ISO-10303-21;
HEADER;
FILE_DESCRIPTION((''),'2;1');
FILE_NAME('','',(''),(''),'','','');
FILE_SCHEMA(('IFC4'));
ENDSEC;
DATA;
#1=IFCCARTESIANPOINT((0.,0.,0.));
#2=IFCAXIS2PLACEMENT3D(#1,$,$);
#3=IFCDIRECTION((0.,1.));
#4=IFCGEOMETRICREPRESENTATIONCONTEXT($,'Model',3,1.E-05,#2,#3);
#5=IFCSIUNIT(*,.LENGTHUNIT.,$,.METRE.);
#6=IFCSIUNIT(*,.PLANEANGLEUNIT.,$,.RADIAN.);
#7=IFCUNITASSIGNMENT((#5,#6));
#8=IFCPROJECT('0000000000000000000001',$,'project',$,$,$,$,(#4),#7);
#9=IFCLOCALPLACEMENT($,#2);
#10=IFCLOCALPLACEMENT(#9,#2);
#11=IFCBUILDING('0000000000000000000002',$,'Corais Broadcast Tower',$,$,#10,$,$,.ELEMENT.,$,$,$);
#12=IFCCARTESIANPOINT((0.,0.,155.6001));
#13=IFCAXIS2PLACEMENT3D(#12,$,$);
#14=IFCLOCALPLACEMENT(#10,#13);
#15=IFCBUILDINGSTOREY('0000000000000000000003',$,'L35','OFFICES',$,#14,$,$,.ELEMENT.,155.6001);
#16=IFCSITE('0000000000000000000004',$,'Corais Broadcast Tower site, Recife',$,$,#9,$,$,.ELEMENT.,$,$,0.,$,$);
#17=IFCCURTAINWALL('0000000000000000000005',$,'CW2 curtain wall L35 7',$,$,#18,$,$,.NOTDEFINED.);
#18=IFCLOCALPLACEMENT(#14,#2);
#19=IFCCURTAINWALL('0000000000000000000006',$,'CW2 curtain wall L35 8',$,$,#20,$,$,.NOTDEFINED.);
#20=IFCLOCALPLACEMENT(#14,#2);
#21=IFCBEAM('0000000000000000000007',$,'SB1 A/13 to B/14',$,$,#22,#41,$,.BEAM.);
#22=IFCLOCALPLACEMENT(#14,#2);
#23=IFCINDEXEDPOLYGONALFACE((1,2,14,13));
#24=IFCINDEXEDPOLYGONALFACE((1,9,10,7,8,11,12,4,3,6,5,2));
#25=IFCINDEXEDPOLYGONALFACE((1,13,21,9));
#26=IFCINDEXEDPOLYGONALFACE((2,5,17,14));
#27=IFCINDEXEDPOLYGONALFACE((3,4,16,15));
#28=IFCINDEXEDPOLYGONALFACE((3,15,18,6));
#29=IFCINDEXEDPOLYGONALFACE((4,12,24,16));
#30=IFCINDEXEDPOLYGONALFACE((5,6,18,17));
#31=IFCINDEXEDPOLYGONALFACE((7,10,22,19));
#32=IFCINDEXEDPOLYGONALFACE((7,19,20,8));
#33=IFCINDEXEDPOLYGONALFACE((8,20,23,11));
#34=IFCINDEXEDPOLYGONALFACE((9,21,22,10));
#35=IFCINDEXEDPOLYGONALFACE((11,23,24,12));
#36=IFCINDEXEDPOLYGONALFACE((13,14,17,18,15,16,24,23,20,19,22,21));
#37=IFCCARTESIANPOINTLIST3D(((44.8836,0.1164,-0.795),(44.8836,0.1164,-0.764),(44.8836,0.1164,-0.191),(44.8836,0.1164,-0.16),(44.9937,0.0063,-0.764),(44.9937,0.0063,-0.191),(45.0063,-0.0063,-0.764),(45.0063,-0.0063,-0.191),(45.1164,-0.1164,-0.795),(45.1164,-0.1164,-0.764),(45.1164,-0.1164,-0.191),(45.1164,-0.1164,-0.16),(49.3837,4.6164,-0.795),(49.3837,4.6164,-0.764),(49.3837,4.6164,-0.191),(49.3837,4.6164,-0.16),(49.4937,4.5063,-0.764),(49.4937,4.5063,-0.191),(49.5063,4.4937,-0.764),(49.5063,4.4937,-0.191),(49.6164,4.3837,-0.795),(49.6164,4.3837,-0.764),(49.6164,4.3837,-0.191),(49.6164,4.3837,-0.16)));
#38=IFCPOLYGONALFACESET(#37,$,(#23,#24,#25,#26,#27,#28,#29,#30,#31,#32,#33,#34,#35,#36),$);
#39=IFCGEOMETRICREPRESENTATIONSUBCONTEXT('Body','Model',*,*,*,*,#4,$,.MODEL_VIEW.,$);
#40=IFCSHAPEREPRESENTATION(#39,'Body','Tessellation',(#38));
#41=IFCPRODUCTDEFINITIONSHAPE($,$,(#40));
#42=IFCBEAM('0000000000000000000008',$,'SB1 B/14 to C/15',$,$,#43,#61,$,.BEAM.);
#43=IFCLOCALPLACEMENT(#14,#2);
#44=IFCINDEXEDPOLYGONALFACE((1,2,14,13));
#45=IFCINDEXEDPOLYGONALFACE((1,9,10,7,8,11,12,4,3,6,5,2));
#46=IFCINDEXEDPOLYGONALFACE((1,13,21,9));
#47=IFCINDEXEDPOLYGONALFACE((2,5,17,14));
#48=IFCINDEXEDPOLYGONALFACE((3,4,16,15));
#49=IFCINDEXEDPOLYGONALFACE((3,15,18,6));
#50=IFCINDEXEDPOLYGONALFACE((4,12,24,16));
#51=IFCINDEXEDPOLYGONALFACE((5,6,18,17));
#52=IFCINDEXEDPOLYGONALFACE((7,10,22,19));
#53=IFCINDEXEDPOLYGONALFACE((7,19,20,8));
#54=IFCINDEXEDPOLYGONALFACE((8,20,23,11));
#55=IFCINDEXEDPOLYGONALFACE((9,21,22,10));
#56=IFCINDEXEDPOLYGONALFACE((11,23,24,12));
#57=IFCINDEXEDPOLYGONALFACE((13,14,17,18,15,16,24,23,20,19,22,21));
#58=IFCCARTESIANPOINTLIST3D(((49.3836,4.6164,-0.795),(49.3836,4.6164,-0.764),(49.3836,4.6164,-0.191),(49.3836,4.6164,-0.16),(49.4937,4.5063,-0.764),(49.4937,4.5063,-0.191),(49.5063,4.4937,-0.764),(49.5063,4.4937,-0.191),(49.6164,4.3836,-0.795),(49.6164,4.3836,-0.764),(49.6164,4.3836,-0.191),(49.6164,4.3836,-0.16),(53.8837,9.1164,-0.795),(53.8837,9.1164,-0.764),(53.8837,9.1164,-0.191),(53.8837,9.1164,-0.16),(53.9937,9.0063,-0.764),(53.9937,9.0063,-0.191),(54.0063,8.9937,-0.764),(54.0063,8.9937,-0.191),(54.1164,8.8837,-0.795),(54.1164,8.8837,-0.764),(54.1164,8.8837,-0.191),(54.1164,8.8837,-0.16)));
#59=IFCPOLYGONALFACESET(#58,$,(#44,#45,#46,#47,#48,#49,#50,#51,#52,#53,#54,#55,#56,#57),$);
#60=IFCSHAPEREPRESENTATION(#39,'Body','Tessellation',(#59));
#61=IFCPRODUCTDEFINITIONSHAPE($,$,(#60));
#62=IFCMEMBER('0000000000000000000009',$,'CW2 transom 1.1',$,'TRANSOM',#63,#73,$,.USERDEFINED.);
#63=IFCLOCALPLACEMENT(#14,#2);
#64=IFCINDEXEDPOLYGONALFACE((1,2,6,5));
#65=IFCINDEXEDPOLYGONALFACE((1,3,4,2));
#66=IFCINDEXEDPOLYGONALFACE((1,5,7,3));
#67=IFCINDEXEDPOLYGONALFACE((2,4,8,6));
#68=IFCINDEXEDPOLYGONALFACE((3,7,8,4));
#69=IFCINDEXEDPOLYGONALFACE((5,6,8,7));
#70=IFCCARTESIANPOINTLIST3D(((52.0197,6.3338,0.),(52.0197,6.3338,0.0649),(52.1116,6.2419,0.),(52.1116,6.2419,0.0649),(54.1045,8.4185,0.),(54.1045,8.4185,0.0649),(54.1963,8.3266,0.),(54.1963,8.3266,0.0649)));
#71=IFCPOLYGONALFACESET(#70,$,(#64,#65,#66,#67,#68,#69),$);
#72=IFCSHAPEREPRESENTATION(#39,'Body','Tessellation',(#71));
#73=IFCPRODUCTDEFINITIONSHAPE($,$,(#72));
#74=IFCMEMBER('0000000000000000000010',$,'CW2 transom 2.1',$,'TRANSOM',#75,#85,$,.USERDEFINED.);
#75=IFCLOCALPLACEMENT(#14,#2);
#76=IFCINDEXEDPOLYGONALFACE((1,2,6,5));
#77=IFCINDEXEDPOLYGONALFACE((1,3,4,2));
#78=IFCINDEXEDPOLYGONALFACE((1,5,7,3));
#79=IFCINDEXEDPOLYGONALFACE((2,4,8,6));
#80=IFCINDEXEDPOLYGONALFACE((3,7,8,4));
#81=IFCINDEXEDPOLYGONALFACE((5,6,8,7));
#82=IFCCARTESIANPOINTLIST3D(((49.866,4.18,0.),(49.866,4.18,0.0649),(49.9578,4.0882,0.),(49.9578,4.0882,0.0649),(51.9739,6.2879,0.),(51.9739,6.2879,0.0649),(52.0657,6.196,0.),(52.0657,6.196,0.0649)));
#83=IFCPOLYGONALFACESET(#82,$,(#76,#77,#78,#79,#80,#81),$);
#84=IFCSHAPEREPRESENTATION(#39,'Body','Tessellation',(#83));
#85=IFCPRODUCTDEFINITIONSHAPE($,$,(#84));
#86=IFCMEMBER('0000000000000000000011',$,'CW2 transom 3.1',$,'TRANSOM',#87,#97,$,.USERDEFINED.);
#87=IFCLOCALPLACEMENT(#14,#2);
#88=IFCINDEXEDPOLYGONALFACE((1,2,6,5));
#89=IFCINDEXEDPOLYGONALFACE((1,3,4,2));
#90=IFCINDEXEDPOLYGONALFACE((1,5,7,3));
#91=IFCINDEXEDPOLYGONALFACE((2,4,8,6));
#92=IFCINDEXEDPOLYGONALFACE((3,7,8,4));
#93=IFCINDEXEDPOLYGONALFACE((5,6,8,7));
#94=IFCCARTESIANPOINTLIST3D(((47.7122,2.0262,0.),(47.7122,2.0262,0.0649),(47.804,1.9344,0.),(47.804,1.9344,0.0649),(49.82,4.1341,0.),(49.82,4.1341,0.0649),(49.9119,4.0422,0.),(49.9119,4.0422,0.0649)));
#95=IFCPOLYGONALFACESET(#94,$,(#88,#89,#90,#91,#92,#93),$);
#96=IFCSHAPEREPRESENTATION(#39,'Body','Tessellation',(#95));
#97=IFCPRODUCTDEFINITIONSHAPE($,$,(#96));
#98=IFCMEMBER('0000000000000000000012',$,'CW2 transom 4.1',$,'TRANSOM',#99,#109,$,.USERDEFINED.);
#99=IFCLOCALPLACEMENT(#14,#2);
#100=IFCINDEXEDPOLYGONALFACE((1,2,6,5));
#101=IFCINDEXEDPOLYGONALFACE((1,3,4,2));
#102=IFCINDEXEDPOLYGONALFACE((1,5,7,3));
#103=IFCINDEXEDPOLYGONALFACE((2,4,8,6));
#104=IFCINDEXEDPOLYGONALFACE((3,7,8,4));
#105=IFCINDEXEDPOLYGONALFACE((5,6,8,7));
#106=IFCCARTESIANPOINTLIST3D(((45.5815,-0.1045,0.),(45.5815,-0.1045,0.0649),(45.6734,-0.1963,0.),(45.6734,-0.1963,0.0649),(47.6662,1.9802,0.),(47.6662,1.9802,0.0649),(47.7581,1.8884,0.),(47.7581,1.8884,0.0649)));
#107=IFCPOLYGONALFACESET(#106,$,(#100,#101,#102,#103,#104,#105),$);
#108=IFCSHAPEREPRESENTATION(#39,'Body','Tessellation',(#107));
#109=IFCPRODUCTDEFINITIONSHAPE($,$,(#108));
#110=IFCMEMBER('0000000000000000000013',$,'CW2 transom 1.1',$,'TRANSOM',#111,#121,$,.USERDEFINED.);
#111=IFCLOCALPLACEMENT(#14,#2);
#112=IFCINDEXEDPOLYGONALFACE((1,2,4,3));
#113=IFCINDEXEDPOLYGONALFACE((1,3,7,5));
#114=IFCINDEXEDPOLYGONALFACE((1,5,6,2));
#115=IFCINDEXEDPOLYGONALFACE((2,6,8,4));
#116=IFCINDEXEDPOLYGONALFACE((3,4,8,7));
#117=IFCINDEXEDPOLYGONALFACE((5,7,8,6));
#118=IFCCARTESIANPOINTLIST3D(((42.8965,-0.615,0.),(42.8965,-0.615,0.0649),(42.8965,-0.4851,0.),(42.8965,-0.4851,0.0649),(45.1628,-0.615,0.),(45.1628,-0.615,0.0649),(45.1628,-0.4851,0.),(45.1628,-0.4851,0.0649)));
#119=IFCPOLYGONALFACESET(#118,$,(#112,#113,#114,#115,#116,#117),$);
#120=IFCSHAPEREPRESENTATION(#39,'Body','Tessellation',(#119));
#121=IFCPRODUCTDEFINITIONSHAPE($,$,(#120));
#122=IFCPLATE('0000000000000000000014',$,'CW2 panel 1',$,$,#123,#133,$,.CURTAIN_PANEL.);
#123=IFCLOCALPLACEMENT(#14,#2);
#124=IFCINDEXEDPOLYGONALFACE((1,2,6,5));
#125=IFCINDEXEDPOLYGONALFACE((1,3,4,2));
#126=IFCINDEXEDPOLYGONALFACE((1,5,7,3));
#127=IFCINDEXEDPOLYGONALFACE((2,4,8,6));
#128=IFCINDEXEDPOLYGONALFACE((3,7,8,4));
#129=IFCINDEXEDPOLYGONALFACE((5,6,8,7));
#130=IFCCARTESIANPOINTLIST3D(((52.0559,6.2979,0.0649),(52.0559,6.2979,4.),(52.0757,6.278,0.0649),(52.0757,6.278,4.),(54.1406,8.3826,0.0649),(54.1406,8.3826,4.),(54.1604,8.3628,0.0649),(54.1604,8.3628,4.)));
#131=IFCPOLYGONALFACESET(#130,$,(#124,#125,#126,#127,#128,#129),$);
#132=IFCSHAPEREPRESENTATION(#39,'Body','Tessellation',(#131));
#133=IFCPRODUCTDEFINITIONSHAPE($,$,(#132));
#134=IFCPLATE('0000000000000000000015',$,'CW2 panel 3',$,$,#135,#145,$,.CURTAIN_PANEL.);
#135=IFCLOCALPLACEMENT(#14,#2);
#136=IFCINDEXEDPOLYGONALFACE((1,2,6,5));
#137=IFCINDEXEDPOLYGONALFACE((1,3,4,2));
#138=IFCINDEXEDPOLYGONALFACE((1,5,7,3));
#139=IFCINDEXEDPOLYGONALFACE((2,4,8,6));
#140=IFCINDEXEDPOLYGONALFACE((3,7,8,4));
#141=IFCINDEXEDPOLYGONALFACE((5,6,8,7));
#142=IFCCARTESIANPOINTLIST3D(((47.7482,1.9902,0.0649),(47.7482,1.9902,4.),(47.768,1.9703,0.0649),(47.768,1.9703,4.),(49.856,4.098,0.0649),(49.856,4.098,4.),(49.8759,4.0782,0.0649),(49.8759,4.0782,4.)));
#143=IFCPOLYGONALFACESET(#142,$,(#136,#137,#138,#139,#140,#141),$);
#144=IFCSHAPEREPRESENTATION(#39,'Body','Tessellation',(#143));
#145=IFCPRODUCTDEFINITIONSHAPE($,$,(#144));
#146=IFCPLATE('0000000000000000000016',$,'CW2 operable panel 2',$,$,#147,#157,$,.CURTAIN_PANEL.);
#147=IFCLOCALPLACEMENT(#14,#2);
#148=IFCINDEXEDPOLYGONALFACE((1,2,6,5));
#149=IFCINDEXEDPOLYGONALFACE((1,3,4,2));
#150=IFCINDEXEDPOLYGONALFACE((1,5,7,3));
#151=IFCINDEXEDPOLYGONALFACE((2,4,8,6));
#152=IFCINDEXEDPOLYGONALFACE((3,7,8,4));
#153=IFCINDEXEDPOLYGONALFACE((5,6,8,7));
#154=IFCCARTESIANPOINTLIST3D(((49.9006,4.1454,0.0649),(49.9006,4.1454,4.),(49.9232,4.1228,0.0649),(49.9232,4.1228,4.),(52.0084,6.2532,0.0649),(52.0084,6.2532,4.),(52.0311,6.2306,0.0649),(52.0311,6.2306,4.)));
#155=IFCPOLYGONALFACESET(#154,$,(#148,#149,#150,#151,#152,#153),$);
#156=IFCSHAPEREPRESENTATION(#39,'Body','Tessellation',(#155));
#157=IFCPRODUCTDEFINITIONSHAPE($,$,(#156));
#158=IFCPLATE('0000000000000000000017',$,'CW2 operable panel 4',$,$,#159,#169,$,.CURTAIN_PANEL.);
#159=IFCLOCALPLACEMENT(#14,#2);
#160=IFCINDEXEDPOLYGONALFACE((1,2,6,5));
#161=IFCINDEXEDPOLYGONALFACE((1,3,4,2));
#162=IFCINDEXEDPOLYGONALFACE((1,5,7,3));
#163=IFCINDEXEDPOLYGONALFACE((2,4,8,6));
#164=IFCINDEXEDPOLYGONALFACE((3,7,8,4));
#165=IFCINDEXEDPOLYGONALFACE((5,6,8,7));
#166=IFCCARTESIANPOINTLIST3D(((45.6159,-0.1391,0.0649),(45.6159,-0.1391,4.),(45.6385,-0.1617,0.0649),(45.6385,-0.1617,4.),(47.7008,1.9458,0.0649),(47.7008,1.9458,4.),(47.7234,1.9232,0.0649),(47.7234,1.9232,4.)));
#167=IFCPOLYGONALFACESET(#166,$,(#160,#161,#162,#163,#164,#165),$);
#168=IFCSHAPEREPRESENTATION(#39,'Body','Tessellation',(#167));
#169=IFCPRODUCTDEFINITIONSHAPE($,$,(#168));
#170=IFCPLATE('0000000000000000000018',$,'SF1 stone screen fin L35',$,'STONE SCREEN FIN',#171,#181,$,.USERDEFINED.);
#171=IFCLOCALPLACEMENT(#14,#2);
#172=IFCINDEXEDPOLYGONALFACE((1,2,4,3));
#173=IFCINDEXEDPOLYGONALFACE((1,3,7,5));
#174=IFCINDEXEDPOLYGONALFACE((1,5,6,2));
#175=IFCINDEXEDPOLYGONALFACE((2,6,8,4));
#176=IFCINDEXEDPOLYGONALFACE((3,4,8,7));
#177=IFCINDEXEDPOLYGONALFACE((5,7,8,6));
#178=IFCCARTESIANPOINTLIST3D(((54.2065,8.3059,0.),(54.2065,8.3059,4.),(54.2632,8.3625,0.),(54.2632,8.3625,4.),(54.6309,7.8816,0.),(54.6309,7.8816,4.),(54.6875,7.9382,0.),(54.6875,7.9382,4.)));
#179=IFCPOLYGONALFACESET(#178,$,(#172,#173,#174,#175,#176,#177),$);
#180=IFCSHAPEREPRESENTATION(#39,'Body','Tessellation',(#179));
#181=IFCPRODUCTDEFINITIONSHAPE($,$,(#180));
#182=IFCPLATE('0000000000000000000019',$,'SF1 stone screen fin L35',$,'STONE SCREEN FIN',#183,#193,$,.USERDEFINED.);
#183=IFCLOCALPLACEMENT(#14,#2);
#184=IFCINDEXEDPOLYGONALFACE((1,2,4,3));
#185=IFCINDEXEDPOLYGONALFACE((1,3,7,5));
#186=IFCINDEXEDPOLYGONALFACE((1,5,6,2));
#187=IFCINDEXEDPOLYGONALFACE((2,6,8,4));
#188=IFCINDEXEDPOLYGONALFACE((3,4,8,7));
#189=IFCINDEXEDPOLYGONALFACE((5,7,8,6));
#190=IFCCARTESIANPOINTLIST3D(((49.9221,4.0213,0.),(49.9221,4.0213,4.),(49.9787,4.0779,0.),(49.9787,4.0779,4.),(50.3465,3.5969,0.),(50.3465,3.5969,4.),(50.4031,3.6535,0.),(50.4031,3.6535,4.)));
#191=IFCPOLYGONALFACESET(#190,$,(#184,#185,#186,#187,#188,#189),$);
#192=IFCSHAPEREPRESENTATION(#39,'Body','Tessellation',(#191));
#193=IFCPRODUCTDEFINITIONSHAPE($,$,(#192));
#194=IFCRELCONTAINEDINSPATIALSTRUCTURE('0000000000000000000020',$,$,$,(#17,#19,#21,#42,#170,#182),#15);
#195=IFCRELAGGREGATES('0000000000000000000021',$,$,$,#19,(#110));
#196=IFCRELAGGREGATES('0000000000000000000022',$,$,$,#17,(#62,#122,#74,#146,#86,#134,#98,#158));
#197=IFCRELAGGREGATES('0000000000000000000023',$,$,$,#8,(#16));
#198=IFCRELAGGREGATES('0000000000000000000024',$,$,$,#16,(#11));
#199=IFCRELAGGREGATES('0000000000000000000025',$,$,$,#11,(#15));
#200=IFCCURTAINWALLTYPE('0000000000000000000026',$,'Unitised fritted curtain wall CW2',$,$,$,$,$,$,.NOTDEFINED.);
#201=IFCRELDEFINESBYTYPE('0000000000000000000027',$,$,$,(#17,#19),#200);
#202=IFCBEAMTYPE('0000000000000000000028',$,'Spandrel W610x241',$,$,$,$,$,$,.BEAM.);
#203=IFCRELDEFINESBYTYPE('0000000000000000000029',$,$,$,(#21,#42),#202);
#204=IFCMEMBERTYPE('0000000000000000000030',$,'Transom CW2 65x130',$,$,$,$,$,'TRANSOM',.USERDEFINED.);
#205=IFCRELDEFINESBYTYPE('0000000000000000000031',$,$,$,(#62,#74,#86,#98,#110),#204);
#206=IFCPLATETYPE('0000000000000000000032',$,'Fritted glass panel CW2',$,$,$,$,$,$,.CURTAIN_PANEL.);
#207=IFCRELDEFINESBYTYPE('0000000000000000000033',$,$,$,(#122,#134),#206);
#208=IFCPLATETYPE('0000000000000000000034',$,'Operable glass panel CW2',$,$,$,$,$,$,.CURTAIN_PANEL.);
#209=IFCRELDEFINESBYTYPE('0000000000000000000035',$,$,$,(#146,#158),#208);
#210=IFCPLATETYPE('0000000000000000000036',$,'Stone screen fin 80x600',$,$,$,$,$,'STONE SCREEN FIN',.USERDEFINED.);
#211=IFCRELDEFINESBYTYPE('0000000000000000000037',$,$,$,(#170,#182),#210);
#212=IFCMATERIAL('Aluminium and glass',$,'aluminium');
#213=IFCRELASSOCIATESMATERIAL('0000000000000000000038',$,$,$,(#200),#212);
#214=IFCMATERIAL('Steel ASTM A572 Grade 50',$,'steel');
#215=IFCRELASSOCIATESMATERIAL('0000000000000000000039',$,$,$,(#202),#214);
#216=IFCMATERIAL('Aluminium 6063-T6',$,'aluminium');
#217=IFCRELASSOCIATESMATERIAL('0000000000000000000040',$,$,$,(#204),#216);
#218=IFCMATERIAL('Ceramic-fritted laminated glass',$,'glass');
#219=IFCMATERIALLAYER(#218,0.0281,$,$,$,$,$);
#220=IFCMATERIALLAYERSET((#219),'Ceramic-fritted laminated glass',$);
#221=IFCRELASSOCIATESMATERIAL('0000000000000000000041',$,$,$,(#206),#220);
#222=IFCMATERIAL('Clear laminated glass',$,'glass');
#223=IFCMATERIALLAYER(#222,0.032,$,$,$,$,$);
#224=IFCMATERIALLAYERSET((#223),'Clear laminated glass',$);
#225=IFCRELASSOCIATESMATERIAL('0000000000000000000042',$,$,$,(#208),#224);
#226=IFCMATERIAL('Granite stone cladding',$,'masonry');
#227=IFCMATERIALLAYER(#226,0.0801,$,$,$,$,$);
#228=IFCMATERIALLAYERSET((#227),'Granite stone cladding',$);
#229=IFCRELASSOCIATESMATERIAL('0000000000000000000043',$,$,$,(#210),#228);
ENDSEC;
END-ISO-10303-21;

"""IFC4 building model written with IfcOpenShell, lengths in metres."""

from ifc_helpers import new_model, si_unit, direction, frame, origin, origin_2d, place, context, subcontext, project, spatial, rectangle, i_section, extrude, material, layer, layer_set, material_profile, profile_set, type_object, element, aggregate, save


model = new_model("IFC4")

# Units and contexts
model_context = context("Model", 3, precision=1e-05, world=origin(), true_north=direction((0.0, 1.0)))
body_context = subcontext(model_context, "Body", "Model", "MODEL_VIEW")
ifc_project = project(units=[si_unit("LENGTHUNIT", "METRE"), si_unit("PLANEANGLEUNIT", "RADIAN")], contexts=[model_context])

# Site, building, storey
site_placement = place(None, origin())
site = spatial("IfcSite", under=ifc_project, at=site_placement, Name="Corais Broadcast Tower site, Recife", CompositionType="ELEMENT", RefElevation=0.0)
building_placement = place(site_placement, origin())
building = spatial("IfcBuilding", under=site, at=building_placement, Name="Corais Broadcast Tower", CompositionType="ELEMENT")
storey_placement = place(building_placement, frame((0.0, 0.0, 155.6001)))
storey = spatial("IfcBuildingStorey", under=building, at=storey_placement, Name="L35", Description="OFFICES", CompositionType="ELEMENT", Elevation=155.6001)

# Shared definitions
ifc_material_1 = material(Name="Aluminium and glass", Category="aluminium")
curtain_wall_type = type_object("IfcCurtainWallType", Name="Unitised fritted curtain wall CW2", PredefinedType="NOTDEFINED", material=ifc_material_1)

# Curtain wall
curtain_wall_1_placement = place(storey_placement, origin())
curtain_wall_1 = element("IfcCurtainWall", 1, at=curtain_wall_1_placement, inside=storey, type_object=curtain_wall_type, Name="CW2 curtain wall L35 7", PredefinedType="NOTDEFINED")

# Curtain wall
curtain_wall_2_placement = place(storey_placement, origin())
curtain_wall_2 = element("IfcCurtainWall", 2, at=curtain_wall_2_placement, inside=storey, type_object=curtain_wall_type, Name="CW2 curtain wall L35 8", PredefinedType="NOTDEFINED")

# Beams
ifc_material_2 = material(Name="Steel ASTM A572 Grade 50", Category="steel")
ifc_material_profile_1 = material_profile(ifc_material_2, i_section(OverallWidth=0.3291, OverallDepth=0.635, WebThickness=0.0178, FlangeThickness=0.031, at=origin_2d()), Name="W610x241")
ifc_profile_set_1 = profile_set([ifc_material_profile_1], Name="Steel ASTM A572 Grade 50")
beam_type_1 = type_object("IfcBeamType", Name="Spandrel W610x241", PredefinedType="BEAM", material=ifc_profile_set_1)
for number, where, z_axis, x_axis, name in (
    (3, (45.0, 0.0, -0.4775), (0.707107, 0.707107, 0.0), (-0.707107, 0.707107, 0.0), "SB1 A/13 to B/14"),
    (4, (49.5, 4.5, -0.4775), (0.707107, 0.707107, 0.0), (-0.707107, 0.707107, 0.0), "SB1 B/14 to C/15"),
):
    element("IfcBeam", number, at=place(storey_placement, frame(where, z_axis=z_axis, x_axis=x_axis)), inside=storey, type_object=beam_type_1, Name=name, PredefinedType="BEAM", context=body_context, shape_type="SweptSolid", body=[
        extrude(i_section(OverallWidth=0.3291, OverallDepth=0.635, WebThickness=0.0178, FlangeThickness=0.031, at=origin_2d()), origin(), (0.0, 0.0, 1.0), 6.364),
    ])

# Members
ifc_material_3 = material(Name="Aluminium 6063-T6", Category="aluminium")
ifc_material_profile_2 = material_profile(ifc_material_3, rectangle(XDim=0.1299, YDim=0.0649, at=origin_2d()), Name="Transom CW2 65x130")
ifc_profile_set_2 = profile_set([ifc_material_profile_2], Name="Aluminium 6063-T6")
member_type_1 = type_object("IfcMemberType", Name="Transom CW2 65x130", ElementType="TRANSOM", PredefinedType="USERDEFINED", material=ifc_profile_set_2)
member_1_placement = place(storey_placement, frame((54.1504, 8.3726, 0.0325), z_axis=(-0.707107, -0.707107, 0.0), x_axis=(0.707107, -0.707107, 0.0)))
member_1 = element("IfcMember", 5, at=member_1_placement, type_object=member_type_1, Name="CW2 transom 1.1", ObjectType="TRANSOM", PredefinedType="USERDEFINED", context=body_context, shape_type="SweptSolid", body=[
    extrude(rectangle(XDim=0.1299, YDim=0.0649, at=origin_2d()), origin(), (0.0, 0.0, 1.0), 2.9482),
])
member_2_placement = place(storey_placement, frame((52.0198, 6.2419, 0.0325), z_axis=(-0.707107, -0.707107, 0.0), x_axis=(0.707107, -0.707107, 0.0)))
member_2 = element("IfcMember", 6, at=member_2_placement, type_object=member_type_1, Name="CW2 transom 2.1", ObjectType="TRANSOM", PredefinedType="USERDEFINED", context=body_context, shape_type="SweptSolid", body=[
    extrude(rectangle(XDim=0.1299, YDim=0.0649, at=origin_2d()), origin(), (0.0, 0.0, 1.0), 2.981),
])
member_3_placement = place(storey_placement, frame((49.866, 4.0881, 0.0325), z_axis=(-0.707107, -0.707107, 0.0), x_axis=(0.707107, -0.707107, 0.0)))
member_3 = element("IfcMember", 7, at=member_3_placement, type_object=member_type_1, Name="CW2 transom 3.1", ObjectType="TRANSOM", PredefinedType="USERDEFINED", context=body_context, shape_type="SweptSolid", body=[
    extrude(rectangle(XDim=0.1299, YDim=0.0649, at=origin_2d()), origin(), (0.0, 0.0, 1.0), 2.981),
])
member_4_placement = place(storey_placement, frame((47.7122, 1.9343, 0.0325), z_axis=(-0.707107, -0.707107, 0.0), x_axis=(0.707107, -0.707107, 0.0)))
member_4 = element("IfcMember", 8, at=member_4_placement, type_object=member_type_1, Name="CW2 transom 4.1", ObjectType="TRANSOM", PredefinedType="USERDEFINED", context=body_context, shape_type="SweptSolid", body=[
    extrude(rectangle(XDim=0.1299, YDim=0.0649, at=origin_2d()), origin(), (0.0, 0.0, 1.0), 2.9482),
])
member_5_placement = place(storey_placement, frame((45.1628, -0.55, 0.0325), z_axis=(-1.0, 0.0, 0.0), x_axis=(0.0, -1.0, 0.0)))
member_5 = element("IfcMember", 9, at=member_5_placement, type_object=member_type_1, Name="CW2 transom 1.1", ObjectType="TRANSOM", PredefinedType="USERDEFINED", context=body_context, shape_type="SweptSolid", body=[
    extrude(rectangle(XDim=0.1299, YDim=0.0649, at=origin_2d()), origin(), (0.0, 0.0, 1.0), 2.2664),
])
aggregate(curtain_wall_2, [member_5])

# Plates
ifc_material_4 = material(Name="Ceramic-fritted laminated glass", Category="glass")
ifc_layer_1 = layer(ifc_material_4, 0.0281)
ifc_layer_set_1 = layer_set([ifc_layer_1], Name="Ceramic-fritted laminated glass")
plate_type_1 = type_object("IfcPlateType", Name="Fritted glass panel CW2", PredefinedType="CURTAIN_PANEL", material=ifc_layer_set_1)
plate_1_placement = place(storey_placement, frame((53.1082, 7.3303, 0.0649), z_axis=(0.0, 0.0, 1.0), x_axis=(-0.707107, -0.707107, 0.0)))
plate_1 = element("IfcPlate", 10, at=plate_1_placement, type_object=plate_type_1, Name="CW2 panel 1", PredefinedType="CURTAIN_PANEL", context=body_context, shape_type="SweptSolid", body=[
    extrude(rectangle(XDim=2.9482, YDim=0.0281, at=origin_2d()), origin(), (0.0, 0.0, 1.0), 3.9351),
])
plate_2_placement = place(storey_placement, frame((48.812, 3.0342, 0.0649), z_axis=(0.0, 0.0, 1.0), x_axis=(-0.707107, -0.707107, 0.0)))
plate_2 = element("IfcPlate", 11, at=plate_2_placement, type_object=plate_type_1, Name="CW2 panel 3", PredefinedType="CURTAIN_PANEL", context=body_context, shape_type="SweptSolid", body=[
    extrude(rectangle(XDim=2.981, YDim=0.0281, at=origin_2d()), origin(), (0.0, 0.0, 1.0), 3.9351),
])
ifc_material_5 = material(Name="Clear laminated glass", Category="glass")
ifc_layer_2 = layer(ifc_material_5, 0.032)
ifc_layer_set_2 = layer_set([ifc_layer_2], Name="Clear laminated glass")
plate_type_2 = type_object("IfcPlateType", Name="Operable glass panel CW2", PredefinedType="CURTAIN_PANEL", material=ifc_layer_set_2)
plate_3_placement = place(storey_placement, frame((50.9658, 5.188, 0.0649), z_axis=(0.0, 0.0, 1.0), x_axis=(-0.707107, -0.707107, 0.0)))
plate_3 = element("IfcPlate", 12, at=plate_3_placement, type_object=plate_type_2, Name="CW2 operable panel 2", PredefinedType="CURTAIN_PANEL", context=body_context, shape_type="SweptSolid", body=[
    extrude(rectangle(XDim=2.981, YDim=0.032, at=origin_2d()), origin(), (0.0, 0.0, 1.0), 3.9351),
])
plate_4_placement = place(storey_placement, frame((46.6697, 0.8921, 0.0649), z_axis=(0.0, 0.0, 1.0), x_axis=(-0.707107, -0.707107, 0.0)))
plate_4 = element("IfcPlate", 13, at=plate_4_placement, type_object=plate_type_2, Name="CW2 operable panel 4", PredefinedType="CURTAIN_PANEL", context=body_context, shape_type="SweptSolid", body=[
    extrude(rectangle(XDim=2.9485, YDim=0.032, at=origin_2d()), origin(), (0.0, 0.0, 1.0), 3.9351),
])
aggregate(curtain_wall_1, [member_1, plate_1, member_2, plate_3, member_3, plate_2, member_4, plate_4])

# Plates
ifc_material_6 = material(Name="Granite stone cladding", Category="masonry")
ifc_layer_3 = layer(ifc_material_6, 0.0801)
ifc_layer_set_3 = layer_set([ifc_layer_3], Name="Granite stone cladding")
plate_type_3 = type_object("IfcPlateType", Name="Stone screen fin 80x600", ElementType="STONE SCREEN FIN", PredefinedType="USERDEFINED", material=ifc_layer_set_3)
for number, where, z_axis, x_axis, name in (
    (14, (54.447, 8.1221, 0.0), (0.0, 0.0, 1.0), (-0.707107, -0.707107, 0.0), "SF1 stone screen fin L35"),
    (15, (50.1626, 3.8374, 0.0), (0.0, 0.0, 1.0), (-0.707107, -0.707107, 0.0), "SF1 stone screen fin L35"),
):
    element("IfcPlate", number, at=place(storey_placement, frame(where, z_axis=z_axis, x_axis=x_axis)), inside=storey, type_object=plate_type_3, Name=name, ObjectType="STONE SCREEN FIN", PredefinedType="USERDEFINED", context=body_context, shape_type="SweptSolid", body=[
        extrude(rectangle(XDim=0.0801, YDim=0.6001, at=origin_2d()), origin(), (0.0, 0.0, 1.0), 4.0),
    ])

save(model, "model.ifc")
